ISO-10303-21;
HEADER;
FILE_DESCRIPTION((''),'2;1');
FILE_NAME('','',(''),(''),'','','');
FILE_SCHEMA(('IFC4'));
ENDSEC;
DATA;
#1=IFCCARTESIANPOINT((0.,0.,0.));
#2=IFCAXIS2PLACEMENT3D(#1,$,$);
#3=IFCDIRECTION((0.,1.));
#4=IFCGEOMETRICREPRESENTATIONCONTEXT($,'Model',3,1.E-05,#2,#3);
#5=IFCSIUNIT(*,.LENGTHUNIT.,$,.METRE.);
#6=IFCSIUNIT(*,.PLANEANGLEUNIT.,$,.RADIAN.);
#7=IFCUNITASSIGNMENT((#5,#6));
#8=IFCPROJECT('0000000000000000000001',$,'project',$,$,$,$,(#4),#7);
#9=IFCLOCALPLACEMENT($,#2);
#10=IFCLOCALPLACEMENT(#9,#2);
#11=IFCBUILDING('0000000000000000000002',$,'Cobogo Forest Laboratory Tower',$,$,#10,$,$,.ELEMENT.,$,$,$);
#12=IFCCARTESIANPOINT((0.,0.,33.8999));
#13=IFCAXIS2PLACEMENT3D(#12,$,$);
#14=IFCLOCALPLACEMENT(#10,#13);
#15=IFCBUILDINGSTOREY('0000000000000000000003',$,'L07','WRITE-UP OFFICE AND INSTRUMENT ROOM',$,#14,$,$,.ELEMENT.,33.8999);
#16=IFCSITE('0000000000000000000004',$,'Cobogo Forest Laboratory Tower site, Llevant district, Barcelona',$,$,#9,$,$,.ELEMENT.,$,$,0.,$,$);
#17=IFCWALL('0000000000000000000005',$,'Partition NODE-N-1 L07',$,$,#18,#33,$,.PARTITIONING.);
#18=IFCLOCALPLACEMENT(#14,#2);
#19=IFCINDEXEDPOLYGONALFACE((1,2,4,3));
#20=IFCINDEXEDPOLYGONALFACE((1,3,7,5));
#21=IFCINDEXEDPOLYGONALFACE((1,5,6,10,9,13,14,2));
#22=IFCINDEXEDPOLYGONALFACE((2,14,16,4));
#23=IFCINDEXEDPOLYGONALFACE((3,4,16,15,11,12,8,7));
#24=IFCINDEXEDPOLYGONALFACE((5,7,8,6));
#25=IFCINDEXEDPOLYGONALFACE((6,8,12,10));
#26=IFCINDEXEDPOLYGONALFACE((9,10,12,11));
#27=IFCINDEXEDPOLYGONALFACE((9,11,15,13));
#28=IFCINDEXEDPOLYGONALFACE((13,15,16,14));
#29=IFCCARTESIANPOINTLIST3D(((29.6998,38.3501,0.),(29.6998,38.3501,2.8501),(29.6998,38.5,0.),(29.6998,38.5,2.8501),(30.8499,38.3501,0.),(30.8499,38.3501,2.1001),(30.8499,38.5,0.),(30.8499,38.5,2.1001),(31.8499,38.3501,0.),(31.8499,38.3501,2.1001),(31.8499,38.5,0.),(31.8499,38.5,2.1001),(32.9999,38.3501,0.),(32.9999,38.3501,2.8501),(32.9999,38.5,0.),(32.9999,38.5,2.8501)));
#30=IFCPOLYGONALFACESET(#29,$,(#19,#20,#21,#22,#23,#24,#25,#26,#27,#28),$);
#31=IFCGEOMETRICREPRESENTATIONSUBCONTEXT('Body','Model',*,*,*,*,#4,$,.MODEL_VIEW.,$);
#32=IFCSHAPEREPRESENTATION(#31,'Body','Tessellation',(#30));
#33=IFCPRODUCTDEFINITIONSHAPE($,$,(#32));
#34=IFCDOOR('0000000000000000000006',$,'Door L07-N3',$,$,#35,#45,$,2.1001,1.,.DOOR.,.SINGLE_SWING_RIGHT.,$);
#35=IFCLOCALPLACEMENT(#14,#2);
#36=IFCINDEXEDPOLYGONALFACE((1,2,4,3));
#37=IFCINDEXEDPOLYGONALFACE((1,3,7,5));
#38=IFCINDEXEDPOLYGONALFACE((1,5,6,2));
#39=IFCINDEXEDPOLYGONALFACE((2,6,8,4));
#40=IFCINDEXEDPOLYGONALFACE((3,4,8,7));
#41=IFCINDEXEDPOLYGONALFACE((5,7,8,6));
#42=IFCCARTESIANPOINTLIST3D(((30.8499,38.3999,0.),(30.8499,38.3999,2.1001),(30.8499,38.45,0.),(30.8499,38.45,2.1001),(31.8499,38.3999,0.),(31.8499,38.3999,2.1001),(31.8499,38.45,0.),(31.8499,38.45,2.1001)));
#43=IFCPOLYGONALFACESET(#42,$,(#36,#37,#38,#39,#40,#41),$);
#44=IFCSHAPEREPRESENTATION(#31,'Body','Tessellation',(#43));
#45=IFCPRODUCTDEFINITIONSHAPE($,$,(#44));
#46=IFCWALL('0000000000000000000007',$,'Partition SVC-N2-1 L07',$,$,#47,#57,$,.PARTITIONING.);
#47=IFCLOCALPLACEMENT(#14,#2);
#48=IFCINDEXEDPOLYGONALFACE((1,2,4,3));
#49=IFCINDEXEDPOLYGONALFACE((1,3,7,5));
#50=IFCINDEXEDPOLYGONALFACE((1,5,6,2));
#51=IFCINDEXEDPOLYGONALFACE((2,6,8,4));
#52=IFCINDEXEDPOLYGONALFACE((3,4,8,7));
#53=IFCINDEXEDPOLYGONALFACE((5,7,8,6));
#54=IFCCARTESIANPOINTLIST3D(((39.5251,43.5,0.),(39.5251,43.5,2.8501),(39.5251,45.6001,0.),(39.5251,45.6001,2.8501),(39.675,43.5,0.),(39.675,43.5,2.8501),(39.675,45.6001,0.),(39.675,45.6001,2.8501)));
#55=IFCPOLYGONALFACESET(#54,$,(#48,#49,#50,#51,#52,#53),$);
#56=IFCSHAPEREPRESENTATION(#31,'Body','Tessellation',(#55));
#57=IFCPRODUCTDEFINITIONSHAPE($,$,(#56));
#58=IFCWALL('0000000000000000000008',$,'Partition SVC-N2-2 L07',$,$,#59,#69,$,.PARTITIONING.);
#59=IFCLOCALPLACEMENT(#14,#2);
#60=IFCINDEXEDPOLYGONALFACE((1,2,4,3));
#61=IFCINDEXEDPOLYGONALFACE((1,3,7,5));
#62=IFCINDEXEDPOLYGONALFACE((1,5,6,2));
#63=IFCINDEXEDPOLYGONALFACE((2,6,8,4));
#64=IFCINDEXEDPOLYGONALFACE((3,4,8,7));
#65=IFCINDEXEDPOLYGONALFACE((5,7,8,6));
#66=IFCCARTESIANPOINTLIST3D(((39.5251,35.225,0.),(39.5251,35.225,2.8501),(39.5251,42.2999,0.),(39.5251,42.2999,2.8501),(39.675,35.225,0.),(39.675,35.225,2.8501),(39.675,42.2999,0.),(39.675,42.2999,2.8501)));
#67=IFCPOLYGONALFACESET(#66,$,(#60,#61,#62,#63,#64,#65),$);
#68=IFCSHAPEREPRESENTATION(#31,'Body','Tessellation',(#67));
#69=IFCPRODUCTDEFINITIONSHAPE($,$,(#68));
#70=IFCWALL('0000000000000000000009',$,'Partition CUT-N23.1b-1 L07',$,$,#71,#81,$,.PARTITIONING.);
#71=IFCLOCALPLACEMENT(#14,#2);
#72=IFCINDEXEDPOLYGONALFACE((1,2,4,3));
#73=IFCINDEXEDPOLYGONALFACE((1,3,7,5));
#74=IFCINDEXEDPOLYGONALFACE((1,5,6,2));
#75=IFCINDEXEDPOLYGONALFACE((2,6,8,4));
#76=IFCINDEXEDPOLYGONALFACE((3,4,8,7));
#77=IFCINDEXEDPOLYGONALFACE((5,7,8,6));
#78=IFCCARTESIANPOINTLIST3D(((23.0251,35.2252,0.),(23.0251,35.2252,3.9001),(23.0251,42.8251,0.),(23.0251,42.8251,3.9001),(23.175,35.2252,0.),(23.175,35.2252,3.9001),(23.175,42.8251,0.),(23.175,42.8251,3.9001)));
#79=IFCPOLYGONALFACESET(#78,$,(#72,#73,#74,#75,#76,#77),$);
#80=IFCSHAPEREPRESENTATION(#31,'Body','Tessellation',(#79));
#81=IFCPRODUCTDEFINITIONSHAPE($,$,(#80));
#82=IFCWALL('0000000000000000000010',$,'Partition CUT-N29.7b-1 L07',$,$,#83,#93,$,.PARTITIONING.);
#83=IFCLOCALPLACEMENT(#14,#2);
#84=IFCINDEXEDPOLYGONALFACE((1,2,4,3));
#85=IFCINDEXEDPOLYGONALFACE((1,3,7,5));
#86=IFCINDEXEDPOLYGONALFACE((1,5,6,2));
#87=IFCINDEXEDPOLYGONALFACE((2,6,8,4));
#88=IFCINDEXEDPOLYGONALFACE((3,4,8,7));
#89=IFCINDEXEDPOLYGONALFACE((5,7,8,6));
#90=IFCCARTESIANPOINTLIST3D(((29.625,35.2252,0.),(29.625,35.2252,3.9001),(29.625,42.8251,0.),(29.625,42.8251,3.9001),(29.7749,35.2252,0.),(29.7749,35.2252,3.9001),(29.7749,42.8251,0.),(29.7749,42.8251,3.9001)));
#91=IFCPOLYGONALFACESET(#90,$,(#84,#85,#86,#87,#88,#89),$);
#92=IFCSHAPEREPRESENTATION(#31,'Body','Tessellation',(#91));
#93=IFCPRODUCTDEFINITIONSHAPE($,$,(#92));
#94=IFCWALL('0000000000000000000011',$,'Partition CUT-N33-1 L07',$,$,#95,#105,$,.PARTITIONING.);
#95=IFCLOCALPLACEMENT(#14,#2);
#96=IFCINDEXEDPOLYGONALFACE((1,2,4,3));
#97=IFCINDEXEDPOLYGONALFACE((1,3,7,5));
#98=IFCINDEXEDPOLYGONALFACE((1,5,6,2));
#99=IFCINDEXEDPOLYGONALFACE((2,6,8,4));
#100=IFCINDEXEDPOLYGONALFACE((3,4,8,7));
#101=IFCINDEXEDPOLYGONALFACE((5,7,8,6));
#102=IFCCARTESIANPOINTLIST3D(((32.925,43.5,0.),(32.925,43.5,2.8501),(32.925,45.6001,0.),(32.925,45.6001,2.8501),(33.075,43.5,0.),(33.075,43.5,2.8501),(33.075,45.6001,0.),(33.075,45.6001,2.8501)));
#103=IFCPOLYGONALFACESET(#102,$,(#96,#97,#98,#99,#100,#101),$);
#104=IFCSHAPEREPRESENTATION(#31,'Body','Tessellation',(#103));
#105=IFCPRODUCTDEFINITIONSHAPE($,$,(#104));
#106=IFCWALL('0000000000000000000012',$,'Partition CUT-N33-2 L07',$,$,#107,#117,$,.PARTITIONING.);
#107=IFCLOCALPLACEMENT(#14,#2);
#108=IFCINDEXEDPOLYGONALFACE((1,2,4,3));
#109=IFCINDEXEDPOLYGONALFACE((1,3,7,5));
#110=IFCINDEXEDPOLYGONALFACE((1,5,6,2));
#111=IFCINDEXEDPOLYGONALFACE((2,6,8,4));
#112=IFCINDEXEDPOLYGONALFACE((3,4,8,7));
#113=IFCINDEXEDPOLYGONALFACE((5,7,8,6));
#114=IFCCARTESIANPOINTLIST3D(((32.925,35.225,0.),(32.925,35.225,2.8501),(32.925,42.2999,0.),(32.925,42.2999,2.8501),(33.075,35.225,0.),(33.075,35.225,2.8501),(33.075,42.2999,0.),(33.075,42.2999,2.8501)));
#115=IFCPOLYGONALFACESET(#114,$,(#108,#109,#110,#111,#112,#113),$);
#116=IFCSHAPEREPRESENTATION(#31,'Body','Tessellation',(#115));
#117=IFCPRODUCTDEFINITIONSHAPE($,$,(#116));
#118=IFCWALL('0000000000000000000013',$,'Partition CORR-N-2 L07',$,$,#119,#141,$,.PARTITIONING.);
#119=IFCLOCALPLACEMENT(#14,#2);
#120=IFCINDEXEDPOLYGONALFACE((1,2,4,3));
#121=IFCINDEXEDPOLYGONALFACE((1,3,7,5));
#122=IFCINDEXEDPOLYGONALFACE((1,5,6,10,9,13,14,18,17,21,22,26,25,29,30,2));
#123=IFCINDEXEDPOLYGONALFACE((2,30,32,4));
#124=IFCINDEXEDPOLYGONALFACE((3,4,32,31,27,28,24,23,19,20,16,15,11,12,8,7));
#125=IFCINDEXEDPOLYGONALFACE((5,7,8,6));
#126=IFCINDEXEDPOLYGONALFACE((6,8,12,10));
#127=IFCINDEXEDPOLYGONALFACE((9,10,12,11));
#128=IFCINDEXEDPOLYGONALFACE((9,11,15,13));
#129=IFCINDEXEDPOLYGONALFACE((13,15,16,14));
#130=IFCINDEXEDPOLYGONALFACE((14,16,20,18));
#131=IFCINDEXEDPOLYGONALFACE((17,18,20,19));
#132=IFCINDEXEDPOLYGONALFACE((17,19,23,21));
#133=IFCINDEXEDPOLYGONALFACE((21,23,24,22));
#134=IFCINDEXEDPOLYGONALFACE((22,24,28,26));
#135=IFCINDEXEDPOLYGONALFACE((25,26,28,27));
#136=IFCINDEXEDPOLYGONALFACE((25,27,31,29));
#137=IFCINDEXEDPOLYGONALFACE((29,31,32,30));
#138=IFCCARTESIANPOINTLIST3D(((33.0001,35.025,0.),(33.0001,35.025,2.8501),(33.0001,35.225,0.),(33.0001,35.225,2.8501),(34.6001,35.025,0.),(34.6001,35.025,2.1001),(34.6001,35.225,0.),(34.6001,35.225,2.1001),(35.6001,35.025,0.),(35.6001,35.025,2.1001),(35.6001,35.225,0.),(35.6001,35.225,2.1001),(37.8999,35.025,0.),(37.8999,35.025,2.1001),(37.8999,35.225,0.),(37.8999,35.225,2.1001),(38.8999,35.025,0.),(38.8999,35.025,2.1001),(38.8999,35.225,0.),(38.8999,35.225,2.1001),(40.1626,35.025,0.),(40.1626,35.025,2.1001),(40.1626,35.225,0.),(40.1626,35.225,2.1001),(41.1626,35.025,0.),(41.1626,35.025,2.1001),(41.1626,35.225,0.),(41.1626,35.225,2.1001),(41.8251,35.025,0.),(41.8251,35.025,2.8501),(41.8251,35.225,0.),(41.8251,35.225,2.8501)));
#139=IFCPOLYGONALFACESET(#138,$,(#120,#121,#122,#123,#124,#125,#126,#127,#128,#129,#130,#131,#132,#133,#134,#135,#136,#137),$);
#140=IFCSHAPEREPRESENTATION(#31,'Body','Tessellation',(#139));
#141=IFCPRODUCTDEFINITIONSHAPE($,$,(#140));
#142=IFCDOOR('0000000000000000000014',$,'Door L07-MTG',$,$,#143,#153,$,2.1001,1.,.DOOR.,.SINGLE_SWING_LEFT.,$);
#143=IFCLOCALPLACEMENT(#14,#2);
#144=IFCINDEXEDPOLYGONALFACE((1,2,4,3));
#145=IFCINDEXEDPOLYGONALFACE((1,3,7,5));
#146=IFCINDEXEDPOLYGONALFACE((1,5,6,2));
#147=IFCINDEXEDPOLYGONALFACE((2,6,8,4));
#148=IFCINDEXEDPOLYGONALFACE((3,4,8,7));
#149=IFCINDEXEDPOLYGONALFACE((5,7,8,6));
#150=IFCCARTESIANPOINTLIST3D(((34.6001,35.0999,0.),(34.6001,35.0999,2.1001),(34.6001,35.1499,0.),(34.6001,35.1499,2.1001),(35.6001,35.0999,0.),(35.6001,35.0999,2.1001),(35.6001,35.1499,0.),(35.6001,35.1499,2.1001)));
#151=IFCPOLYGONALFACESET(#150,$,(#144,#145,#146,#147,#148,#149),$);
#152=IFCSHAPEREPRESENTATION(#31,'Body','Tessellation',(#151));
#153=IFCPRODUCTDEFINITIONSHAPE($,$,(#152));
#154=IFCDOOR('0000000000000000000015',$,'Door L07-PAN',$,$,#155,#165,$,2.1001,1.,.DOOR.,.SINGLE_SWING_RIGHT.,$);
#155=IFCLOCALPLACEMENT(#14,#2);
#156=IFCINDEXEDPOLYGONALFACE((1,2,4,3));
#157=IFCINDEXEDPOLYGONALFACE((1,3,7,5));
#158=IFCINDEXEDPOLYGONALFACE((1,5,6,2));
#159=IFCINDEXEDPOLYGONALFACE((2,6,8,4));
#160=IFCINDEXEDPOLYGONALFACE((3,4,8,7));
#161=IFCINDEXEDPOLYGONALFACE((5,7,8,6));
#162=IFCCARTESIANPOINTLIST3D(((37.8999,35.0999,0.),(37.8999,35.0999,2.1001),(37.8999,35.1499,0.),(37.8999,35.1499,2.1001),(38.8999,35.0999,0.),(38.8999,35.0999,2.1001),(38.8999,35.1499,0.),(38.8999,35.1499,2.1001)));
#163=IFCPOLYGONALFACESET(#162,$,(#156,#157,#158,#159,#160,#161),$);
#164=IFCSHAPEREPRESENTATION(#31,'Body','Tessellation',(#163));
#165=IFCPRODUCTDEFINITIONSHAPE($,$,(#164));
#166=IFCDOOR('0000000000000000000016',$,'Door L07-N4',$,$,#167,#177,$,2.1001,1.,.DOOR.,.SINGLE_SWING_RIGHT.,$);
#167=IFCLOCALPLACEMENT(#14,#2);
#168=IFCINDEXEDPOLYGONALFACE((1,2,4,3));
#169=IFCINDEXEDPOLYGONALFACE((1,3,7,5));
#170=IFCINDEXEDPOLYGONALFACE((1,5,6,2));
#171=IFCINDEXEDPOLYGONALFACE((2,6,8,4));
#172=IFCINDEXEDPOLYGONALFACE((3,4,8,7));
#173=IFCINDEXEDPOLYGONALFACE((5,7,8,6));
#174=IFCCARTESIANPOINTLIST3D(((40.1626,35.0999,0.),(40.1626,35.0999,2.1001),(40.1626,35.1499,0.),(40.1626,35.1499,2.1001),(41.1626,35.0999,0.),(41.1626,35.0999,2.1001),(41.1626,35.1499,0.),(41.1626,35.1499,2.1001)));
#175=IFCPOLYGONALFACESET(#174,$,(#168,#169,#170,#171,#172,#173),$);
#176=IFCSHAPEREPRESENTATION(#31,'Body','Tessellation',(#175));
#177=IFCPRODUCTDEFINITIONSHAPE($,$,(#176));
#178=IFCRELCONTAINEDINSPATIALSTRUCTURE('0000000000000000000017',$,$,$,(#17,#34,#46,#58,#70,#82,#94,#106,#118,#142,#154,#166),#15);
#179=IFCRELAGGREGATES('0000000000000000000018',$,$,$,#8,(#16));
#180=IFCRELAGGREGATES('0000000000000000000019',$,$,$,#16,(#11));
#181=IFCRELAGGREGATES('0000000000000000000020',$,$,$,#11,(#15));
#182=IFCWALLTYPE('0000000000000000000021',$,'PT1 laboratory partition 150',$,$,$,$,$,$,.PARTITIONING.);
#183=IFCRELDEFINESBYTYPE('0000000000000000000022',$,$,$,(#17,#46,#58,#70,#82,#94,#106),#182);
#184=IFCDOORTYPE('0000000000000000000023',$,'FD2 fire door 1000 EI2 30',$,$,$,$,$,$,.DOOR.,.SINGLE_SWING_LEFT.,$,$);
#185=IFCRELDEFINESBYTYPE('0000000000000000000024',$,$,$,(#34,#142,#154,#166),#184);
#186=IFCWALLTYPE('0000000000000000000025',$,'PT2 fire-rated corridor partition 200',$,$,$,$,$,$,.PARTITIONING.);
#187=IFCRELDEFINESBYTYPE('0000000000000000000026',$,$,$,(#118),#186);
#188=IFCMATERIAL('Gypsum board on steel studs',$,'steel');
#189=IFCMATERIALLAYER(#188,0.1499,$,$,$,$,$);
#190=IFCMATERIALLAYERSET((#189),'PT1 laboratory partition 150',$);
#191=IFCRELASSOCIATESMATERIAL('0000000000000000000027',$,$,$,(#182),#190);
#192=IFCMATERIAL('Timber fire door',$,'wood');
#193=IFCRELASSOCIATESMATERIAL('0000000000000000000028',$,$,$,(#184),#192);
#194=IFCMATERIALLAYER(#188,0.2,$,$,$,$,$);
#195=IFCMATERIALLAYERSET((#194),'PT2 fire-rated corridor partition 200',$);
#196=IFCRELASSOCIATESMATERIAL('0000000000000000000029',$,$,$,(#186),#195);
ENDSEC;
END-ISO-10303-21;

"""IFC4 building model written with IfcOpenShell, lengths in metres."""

from ifc_helpers import new_model, si_unit, direction, frame, frame_2d, origin, place, context, subcontext, project, spatial, rectangle, extrude, material, layer, layer_set, type_object, element, fill, save


model = new_model("IFC4")

# Units and contexts
model_context = context("Model", 3, precision=1e-05, world=origin(), true_north=direction((0.0, 1.0)))
body_context = subcontext(model_context, "Body", "Model", "MODEL_VIEW")
ifc_project = project(units=[si_unit("LENGTHUNIT", "METRE"), si_unit("PLANEANGLEUNIT", "RADIAN")], contexts=[model_context])

# Site, building, storey
site_placement = place(None, origin())
site = spatial("IfcSite", under=ifc_project, at=site_placement, Name="Cobogo Forest Laboratory Tower site, Llevant district, Barcelona", CompositionType="ELEMENT", RefElevation=0.0)
building_placement = place(site_placement, origin())
building = spatial("IfcBuilding", under=site, at=building_placement, Name="Cobogo Forest Laboratory Tower", CompositionType="ELEMENT")
storey_placement = place(building_placement, frame((0.0, 0.0, 33.8999)))
storey = spatial("IfcBuildingStorey", under=building, at=storey_placement, Name="L07", Description="WRITE-UP OFFICE AND INSTRUMENT ROOM", CompositionType="ELEMENT", Elevation=33.8999)

# Wall, opening, door
ifc_material_1 = material(Name="Gypsum board on steel studs", Category="steel")
ifc_layer_1 = layer(ifc_material_1, 0.1499)
ifc_layer_set_1 = layer_set([ifc_layer_1], Name="PT1 laboratory partition 150")
wall_type_1 = type_object("IfcWallType", Name="PT1 laboratory partition 150", PredefinedType="PARTITIONING", material=ifc_layer_set_1)
ifc_material_2 = material(Name="Timber fire door", Category="wood")
door_type = type_object("IfcDoorType", Name="FD2 fire door 1000 EI2 30", OperationType="SINGLE_SWING_LEFT", PredefinedType="DOOR", material=ifc_material_2)
wall_1_placement = place(storey_placement, frame((29.7, 38.425, 0.0), z_axis=(0.0, 0.0, 1.0), x_axis=(1.0, 0.0, 0.0)))
wall_1 = element("IfcWall", 1, at=wall_1_placement, inside=storey, type_object=wall_type_1, Name="Partition NODE-N-1 L07", PredefinedType="PARTITIONING", context=body_context, shape_type="SweptSolid", body=[
    extrude(rectangle(XDim=3.3, YDim=0.1499, at=frame_2d((1.6499, 0.0))), origin(), (0.0, 0.0, 1.0), 2.8501),
])
opening_1_placement = place(wall_1_placement, frame((1.1499, 0.0, 0.0)))
opening_1 = element("IfcOpeningElement", 2, at=opening_1_placement, cuts=wall_1, PredefinedType="OPENING", context=body_context, shape_type="SweptSolid", body=[
    extrude(rectangle(XDim=1.0, YDim=2.1001, at=frame_2d((0.5, 1.05))), frame((0.0, 0.085, 0.0), z_axis=(0.0, -1.0, 0.0), x_axis=(1.0, 0.0, 0.0)), (0.0, 0.0, 1.0), 0.1699),
])
door_1_placement = place(opening_1_placement, origin())
door_1 = element("IfcDoor", 3, at=door_1_placement, inside=storey, type_object=door_type, Name="Door L07-N3", OperationType="SINGLE_SWING_RIGHT", OverallHeight=2.1001, OverallWidth=1.0, PredefinedType="DOOR", context=body_context, shape_type="SweptSolid", body=[
    extrude(rectangle(XDim=1.0, YDim=2.1001, at=frame_2d((0.5, 1.05))), frame((0.0, 0.0249, 0.0), z_axis=(0.0, -1.0, 0.0), x_axis=(1.0, 0.0, 0.0)), (0.0, 0.0, 1.0), 0.05),
])
fill(opening_1, door_1)

# Walls
wall_2_placement = place(storey_placement, frame((39.6001, 45.6001, 0.0), z_axis=(0.0, 0.0, 1.0), x_axis=(0.0, -1.0, 0.0)))
element("IfcWall", 4, at=wall_2_placement, inside=storey, type_object=wall_type_1, Name="Partition SVC-N2-1 L07", PredefinedType="PARTITIONING", context=body_context, shape_type="SweptSolid", body=[
    extrude(rectangle(XDim=2.1001, YDim=0.1499, at=frame_2d((1.05, 0.0))), origin(), (0.0, 0.0, 1.0), 2.8501),
])
wall_3_placement = place(storey_placement, frame((39.6001, 42.3, 0.0), z_axis=(0.0, 0.0, 1.0), x_axis=(0.0, -1.0, 0.0)))
element("IfcWall", 5, at=wall_3_placement, inside=storey, type_object=wall_type_1, Name="Partition SVC-N2-2 L07", PredefinedType="PARTITIONING", context=body_context, shape_type="SweptSolid", body=[
    extrude(rectangle(XDim=7.075, YDim=0.1499, at=frame_2d((3.5376, 0.0))), origin(), (0.0, 0.0, 1.0), 2.8501),
])
for number, where, z_axis, x_axis, name in (
    (6, (23.1001, 42.825, 0.0), (0.0, 0.0, 1.0), (0.0, -1.0, 0.0), "Partition CUT-N23.1b-1 L07"),
    (7, (29.7, 42.825, 0.0), (0.0, 0.0, 1.0), (0.0, -1.0, 0.0), "Partition CUT-N29.7b-1 L07"),
):
    element("IfcWall", number, at=place(storey_placement, frame(where, z_axis=z_axis, x_axis=x_axis)), inside=storey, type_object=wall_type_1, Name=name, PredefinedType="PARTITIONING", context=body_context, shape_type="SweptSolid", body=[
        extrude(rectangle(XDim=7.5999, YDim=0.1499, at=frame_2d((3.7998, 0.0))), origin(), (0.0, 0.0, 1.0), 3.9001),
    ])
wall_4_placement = place(storey_placement, frame((33.0, 45.6001, 0.0), z_axis=(0.0, 0.0, 1.0), x_axis=(0.0, -1.0, 0.0)))
element("IfcWall", 8, at=wall_4_placement, inside=storey, type_object=wall_type_1, Name="Partition CUT-N33-1 L07", PredefinedType="PARTITIONING", context=body_context, shape_type="SweptSolid", body=[
    extrude(rectangle(XDim=2.1001, YDim=0.1499, at=frame_2d((1.05, 0.0))), origin(), (0.0, 0.0, 1.0), 2.8501),
])
wall_5_placement = place(storey_placement, frame((33.0, 42.3, 0.0), z_axis=(0.0, 0.0, 1.0), x_axis=(0.0, -1.0, 0.0)))
element("IfcWall", 9, at=wall_5_placement, inside=storey, type_object=wall_type_1, Name="Partition CUT-N33-2 L07", PredefinedType="PARTITIONING", context=body_context, shape_type="SweptSolid", body=[
    extrude(rectangle(XDim=7.075, YDim=0.1499, at=frame_2d((3.5376, 0.0))), origin(), (0.0, 0.0, 1.0), 2.8501),
])

# Wall, openings, doors
ifc_layer_2 = layer(ifc_material_1, 0.2)
ifc_layer_set_2 = layer_set([ifc_layer_2], Name="PT2 fire-rated corridor partition 200")
wall_type_2 = type_object("IfcWallType", Name="PT2 fire-rated corridor partition 200", PredefinedType="PARTITIONING", material=ifc_layer_set_2)
wall_6_placement = place(storey_placement, frame((33.0, 35.125, 0.0), z_axis=(0.0, 0.0, 1.0), x_axis=(1.0, 0.0, 0.0)))
wall_6 = element("IfcWall", 10, at=wall_6_placement, inside=storey, type_object=wall_type_2, Name="Partition CORR-N-2 L07", PredefinedType="PARTITIONING", context=body_context, shape_type="SweptSolid", body=[
    extrude(rectangle(XDim=8.825, YDim=0.2, at=frame_2d((4.4126, 0.0))), origin(), (0.0, 0.0, 1.0), 2.8501),
])
opening_2_placement = place(wall_6_placement, frame((1.6001, 0.0, 0.0)))
opening_2 = element("IfcOpeningElement", 11, at=opening_2_placement, cuts=wall_6, PredefinedType="OPENING", context=body_context, shape_type="SweptSolid", body=[
    extrude(rectangle(XDim=1.0, YDim=2.1001, at=frame_2d((0.5, 1.05))), frame((0.0, 0.1099, 0.0), z_axis=(0.0, -1.0, 0.0), x_axis=(1.0, 0.0, 0.0)), (0.0, 0.0, 1.0), 0.22),
])
opening_3_placement = place(wall_6_placement, frame((4.8999, 0.0, 0.0)))
opening_3 = element("IfcOpeningElement", 12, at=opening_3_placement, cuts=wall_6, PredefinedType="OPENING", context=body_context, shape_type="SweptSolid", body=[
    extrude(rectangle(XDim=1.0, YDim=2.1001, at=frame_2d((0.5, 1.05))), frame((0.0, 0.1099, 0.0), z_axis=(0.0, -1.0, 0.0), x_axis=(1.0, 0.0, 0.0)), (0.0, 0.0, 1.0), 0.22),
])
opening_4_placement = place(wall_6_placement, frame((7.1626, 0.0, 0.0)))
opening_4 = element("IfcOpeningElement", 13, at=opening_4_placement, cuts=wall_6, PredefinedType="OPENING", context=body_context, shape_type="SweptSolid", body=[
    extrude(rectangle(XDim=1.0, YDim=2.1001, at=frame_2d((0.5, 1.05))), frame((0.0, 0.1099, 0.0), z_axis=(0.0, -1.0, 0.0), x_axis=(1.0, 0.0, 0.0)), (0.0, 0.0, 1.0), 0.22),
])
door_2_placement = place(opening_2_placement, origin())
door_2 = element("IfcDoor", 14, at=door_2_placement, inside=storey, type_object=door_type, Name="Door L07-MTG", OperationType="SINGLE_SWING_LEFT", OverallHeight=2.1001, OverallWidth=1.0, PredefinedType="DOOR", context=body_context, shape_type="SweptSolid", body=[
    extrude(rectangle(XDim=1.0, YDim=2.1001, at=frame_2d((0.5, 1.05))), frame((0.0, 0.0249, 0.0), z_axis=(0.0, -1.0, 0.0), x_axis=(1.0, 0.0, 0.0)), (0.0, 0.0, 1.0), 0.05),
])
fill(opening_2, door_2)
door_3_placement = place(opening_3_placement, origin())
door_3 = element("IfcDoor", 15, at=door_3_placement, inside=storey, type_object=door_type, Name="Door L07-PAN", OperationType="SINGLE_SWING_RIGHT", OverallHeight=2.1001, OverallWidth=1.0, PredefinedType="DOOR", context=body_context, shape_type="SweptSolid", body=[
    extrude(rectangle(XDim=1.0, YDim=2.1001, at=frame_2d((0.5, 1.05))), frame((0.0, 0.0249, 0.0), z_axis=(0.0, -1.0, 0.0), x_axis=(1.0, 0.0, 0.0)), (0.0, 0.0, 1.0), 0.05),
])
fill(opening_3, door_3)
door_4_placement = place(opening_4_placement, origin())
door_4 = element("IfcDoor", 16, at=door_4_placement, inside=storey, type_object=door_type, Name="Door L07-N4", OperationType="SINGLE_SWING_RIGHT", OverallHeight=2.1001, OverallWidth=1.0, PredefinedType="DOOR", context=body_context, shape_type="SweptSolid", body=[
    extrude(rectangle(XDim=1.0, YDim=2.1001, at=frame_2d((0.5, 1.05))), frame((0.0, 0.0249, 0.0), z_axis=(0.0, -1.0, 0.0), x_axis=(1.0, 0.0, 0.0)), (0.0, 0.0, 1.0), 0.05),
])
fill(opening_4, door_4)

save(model, "model.ifc")
